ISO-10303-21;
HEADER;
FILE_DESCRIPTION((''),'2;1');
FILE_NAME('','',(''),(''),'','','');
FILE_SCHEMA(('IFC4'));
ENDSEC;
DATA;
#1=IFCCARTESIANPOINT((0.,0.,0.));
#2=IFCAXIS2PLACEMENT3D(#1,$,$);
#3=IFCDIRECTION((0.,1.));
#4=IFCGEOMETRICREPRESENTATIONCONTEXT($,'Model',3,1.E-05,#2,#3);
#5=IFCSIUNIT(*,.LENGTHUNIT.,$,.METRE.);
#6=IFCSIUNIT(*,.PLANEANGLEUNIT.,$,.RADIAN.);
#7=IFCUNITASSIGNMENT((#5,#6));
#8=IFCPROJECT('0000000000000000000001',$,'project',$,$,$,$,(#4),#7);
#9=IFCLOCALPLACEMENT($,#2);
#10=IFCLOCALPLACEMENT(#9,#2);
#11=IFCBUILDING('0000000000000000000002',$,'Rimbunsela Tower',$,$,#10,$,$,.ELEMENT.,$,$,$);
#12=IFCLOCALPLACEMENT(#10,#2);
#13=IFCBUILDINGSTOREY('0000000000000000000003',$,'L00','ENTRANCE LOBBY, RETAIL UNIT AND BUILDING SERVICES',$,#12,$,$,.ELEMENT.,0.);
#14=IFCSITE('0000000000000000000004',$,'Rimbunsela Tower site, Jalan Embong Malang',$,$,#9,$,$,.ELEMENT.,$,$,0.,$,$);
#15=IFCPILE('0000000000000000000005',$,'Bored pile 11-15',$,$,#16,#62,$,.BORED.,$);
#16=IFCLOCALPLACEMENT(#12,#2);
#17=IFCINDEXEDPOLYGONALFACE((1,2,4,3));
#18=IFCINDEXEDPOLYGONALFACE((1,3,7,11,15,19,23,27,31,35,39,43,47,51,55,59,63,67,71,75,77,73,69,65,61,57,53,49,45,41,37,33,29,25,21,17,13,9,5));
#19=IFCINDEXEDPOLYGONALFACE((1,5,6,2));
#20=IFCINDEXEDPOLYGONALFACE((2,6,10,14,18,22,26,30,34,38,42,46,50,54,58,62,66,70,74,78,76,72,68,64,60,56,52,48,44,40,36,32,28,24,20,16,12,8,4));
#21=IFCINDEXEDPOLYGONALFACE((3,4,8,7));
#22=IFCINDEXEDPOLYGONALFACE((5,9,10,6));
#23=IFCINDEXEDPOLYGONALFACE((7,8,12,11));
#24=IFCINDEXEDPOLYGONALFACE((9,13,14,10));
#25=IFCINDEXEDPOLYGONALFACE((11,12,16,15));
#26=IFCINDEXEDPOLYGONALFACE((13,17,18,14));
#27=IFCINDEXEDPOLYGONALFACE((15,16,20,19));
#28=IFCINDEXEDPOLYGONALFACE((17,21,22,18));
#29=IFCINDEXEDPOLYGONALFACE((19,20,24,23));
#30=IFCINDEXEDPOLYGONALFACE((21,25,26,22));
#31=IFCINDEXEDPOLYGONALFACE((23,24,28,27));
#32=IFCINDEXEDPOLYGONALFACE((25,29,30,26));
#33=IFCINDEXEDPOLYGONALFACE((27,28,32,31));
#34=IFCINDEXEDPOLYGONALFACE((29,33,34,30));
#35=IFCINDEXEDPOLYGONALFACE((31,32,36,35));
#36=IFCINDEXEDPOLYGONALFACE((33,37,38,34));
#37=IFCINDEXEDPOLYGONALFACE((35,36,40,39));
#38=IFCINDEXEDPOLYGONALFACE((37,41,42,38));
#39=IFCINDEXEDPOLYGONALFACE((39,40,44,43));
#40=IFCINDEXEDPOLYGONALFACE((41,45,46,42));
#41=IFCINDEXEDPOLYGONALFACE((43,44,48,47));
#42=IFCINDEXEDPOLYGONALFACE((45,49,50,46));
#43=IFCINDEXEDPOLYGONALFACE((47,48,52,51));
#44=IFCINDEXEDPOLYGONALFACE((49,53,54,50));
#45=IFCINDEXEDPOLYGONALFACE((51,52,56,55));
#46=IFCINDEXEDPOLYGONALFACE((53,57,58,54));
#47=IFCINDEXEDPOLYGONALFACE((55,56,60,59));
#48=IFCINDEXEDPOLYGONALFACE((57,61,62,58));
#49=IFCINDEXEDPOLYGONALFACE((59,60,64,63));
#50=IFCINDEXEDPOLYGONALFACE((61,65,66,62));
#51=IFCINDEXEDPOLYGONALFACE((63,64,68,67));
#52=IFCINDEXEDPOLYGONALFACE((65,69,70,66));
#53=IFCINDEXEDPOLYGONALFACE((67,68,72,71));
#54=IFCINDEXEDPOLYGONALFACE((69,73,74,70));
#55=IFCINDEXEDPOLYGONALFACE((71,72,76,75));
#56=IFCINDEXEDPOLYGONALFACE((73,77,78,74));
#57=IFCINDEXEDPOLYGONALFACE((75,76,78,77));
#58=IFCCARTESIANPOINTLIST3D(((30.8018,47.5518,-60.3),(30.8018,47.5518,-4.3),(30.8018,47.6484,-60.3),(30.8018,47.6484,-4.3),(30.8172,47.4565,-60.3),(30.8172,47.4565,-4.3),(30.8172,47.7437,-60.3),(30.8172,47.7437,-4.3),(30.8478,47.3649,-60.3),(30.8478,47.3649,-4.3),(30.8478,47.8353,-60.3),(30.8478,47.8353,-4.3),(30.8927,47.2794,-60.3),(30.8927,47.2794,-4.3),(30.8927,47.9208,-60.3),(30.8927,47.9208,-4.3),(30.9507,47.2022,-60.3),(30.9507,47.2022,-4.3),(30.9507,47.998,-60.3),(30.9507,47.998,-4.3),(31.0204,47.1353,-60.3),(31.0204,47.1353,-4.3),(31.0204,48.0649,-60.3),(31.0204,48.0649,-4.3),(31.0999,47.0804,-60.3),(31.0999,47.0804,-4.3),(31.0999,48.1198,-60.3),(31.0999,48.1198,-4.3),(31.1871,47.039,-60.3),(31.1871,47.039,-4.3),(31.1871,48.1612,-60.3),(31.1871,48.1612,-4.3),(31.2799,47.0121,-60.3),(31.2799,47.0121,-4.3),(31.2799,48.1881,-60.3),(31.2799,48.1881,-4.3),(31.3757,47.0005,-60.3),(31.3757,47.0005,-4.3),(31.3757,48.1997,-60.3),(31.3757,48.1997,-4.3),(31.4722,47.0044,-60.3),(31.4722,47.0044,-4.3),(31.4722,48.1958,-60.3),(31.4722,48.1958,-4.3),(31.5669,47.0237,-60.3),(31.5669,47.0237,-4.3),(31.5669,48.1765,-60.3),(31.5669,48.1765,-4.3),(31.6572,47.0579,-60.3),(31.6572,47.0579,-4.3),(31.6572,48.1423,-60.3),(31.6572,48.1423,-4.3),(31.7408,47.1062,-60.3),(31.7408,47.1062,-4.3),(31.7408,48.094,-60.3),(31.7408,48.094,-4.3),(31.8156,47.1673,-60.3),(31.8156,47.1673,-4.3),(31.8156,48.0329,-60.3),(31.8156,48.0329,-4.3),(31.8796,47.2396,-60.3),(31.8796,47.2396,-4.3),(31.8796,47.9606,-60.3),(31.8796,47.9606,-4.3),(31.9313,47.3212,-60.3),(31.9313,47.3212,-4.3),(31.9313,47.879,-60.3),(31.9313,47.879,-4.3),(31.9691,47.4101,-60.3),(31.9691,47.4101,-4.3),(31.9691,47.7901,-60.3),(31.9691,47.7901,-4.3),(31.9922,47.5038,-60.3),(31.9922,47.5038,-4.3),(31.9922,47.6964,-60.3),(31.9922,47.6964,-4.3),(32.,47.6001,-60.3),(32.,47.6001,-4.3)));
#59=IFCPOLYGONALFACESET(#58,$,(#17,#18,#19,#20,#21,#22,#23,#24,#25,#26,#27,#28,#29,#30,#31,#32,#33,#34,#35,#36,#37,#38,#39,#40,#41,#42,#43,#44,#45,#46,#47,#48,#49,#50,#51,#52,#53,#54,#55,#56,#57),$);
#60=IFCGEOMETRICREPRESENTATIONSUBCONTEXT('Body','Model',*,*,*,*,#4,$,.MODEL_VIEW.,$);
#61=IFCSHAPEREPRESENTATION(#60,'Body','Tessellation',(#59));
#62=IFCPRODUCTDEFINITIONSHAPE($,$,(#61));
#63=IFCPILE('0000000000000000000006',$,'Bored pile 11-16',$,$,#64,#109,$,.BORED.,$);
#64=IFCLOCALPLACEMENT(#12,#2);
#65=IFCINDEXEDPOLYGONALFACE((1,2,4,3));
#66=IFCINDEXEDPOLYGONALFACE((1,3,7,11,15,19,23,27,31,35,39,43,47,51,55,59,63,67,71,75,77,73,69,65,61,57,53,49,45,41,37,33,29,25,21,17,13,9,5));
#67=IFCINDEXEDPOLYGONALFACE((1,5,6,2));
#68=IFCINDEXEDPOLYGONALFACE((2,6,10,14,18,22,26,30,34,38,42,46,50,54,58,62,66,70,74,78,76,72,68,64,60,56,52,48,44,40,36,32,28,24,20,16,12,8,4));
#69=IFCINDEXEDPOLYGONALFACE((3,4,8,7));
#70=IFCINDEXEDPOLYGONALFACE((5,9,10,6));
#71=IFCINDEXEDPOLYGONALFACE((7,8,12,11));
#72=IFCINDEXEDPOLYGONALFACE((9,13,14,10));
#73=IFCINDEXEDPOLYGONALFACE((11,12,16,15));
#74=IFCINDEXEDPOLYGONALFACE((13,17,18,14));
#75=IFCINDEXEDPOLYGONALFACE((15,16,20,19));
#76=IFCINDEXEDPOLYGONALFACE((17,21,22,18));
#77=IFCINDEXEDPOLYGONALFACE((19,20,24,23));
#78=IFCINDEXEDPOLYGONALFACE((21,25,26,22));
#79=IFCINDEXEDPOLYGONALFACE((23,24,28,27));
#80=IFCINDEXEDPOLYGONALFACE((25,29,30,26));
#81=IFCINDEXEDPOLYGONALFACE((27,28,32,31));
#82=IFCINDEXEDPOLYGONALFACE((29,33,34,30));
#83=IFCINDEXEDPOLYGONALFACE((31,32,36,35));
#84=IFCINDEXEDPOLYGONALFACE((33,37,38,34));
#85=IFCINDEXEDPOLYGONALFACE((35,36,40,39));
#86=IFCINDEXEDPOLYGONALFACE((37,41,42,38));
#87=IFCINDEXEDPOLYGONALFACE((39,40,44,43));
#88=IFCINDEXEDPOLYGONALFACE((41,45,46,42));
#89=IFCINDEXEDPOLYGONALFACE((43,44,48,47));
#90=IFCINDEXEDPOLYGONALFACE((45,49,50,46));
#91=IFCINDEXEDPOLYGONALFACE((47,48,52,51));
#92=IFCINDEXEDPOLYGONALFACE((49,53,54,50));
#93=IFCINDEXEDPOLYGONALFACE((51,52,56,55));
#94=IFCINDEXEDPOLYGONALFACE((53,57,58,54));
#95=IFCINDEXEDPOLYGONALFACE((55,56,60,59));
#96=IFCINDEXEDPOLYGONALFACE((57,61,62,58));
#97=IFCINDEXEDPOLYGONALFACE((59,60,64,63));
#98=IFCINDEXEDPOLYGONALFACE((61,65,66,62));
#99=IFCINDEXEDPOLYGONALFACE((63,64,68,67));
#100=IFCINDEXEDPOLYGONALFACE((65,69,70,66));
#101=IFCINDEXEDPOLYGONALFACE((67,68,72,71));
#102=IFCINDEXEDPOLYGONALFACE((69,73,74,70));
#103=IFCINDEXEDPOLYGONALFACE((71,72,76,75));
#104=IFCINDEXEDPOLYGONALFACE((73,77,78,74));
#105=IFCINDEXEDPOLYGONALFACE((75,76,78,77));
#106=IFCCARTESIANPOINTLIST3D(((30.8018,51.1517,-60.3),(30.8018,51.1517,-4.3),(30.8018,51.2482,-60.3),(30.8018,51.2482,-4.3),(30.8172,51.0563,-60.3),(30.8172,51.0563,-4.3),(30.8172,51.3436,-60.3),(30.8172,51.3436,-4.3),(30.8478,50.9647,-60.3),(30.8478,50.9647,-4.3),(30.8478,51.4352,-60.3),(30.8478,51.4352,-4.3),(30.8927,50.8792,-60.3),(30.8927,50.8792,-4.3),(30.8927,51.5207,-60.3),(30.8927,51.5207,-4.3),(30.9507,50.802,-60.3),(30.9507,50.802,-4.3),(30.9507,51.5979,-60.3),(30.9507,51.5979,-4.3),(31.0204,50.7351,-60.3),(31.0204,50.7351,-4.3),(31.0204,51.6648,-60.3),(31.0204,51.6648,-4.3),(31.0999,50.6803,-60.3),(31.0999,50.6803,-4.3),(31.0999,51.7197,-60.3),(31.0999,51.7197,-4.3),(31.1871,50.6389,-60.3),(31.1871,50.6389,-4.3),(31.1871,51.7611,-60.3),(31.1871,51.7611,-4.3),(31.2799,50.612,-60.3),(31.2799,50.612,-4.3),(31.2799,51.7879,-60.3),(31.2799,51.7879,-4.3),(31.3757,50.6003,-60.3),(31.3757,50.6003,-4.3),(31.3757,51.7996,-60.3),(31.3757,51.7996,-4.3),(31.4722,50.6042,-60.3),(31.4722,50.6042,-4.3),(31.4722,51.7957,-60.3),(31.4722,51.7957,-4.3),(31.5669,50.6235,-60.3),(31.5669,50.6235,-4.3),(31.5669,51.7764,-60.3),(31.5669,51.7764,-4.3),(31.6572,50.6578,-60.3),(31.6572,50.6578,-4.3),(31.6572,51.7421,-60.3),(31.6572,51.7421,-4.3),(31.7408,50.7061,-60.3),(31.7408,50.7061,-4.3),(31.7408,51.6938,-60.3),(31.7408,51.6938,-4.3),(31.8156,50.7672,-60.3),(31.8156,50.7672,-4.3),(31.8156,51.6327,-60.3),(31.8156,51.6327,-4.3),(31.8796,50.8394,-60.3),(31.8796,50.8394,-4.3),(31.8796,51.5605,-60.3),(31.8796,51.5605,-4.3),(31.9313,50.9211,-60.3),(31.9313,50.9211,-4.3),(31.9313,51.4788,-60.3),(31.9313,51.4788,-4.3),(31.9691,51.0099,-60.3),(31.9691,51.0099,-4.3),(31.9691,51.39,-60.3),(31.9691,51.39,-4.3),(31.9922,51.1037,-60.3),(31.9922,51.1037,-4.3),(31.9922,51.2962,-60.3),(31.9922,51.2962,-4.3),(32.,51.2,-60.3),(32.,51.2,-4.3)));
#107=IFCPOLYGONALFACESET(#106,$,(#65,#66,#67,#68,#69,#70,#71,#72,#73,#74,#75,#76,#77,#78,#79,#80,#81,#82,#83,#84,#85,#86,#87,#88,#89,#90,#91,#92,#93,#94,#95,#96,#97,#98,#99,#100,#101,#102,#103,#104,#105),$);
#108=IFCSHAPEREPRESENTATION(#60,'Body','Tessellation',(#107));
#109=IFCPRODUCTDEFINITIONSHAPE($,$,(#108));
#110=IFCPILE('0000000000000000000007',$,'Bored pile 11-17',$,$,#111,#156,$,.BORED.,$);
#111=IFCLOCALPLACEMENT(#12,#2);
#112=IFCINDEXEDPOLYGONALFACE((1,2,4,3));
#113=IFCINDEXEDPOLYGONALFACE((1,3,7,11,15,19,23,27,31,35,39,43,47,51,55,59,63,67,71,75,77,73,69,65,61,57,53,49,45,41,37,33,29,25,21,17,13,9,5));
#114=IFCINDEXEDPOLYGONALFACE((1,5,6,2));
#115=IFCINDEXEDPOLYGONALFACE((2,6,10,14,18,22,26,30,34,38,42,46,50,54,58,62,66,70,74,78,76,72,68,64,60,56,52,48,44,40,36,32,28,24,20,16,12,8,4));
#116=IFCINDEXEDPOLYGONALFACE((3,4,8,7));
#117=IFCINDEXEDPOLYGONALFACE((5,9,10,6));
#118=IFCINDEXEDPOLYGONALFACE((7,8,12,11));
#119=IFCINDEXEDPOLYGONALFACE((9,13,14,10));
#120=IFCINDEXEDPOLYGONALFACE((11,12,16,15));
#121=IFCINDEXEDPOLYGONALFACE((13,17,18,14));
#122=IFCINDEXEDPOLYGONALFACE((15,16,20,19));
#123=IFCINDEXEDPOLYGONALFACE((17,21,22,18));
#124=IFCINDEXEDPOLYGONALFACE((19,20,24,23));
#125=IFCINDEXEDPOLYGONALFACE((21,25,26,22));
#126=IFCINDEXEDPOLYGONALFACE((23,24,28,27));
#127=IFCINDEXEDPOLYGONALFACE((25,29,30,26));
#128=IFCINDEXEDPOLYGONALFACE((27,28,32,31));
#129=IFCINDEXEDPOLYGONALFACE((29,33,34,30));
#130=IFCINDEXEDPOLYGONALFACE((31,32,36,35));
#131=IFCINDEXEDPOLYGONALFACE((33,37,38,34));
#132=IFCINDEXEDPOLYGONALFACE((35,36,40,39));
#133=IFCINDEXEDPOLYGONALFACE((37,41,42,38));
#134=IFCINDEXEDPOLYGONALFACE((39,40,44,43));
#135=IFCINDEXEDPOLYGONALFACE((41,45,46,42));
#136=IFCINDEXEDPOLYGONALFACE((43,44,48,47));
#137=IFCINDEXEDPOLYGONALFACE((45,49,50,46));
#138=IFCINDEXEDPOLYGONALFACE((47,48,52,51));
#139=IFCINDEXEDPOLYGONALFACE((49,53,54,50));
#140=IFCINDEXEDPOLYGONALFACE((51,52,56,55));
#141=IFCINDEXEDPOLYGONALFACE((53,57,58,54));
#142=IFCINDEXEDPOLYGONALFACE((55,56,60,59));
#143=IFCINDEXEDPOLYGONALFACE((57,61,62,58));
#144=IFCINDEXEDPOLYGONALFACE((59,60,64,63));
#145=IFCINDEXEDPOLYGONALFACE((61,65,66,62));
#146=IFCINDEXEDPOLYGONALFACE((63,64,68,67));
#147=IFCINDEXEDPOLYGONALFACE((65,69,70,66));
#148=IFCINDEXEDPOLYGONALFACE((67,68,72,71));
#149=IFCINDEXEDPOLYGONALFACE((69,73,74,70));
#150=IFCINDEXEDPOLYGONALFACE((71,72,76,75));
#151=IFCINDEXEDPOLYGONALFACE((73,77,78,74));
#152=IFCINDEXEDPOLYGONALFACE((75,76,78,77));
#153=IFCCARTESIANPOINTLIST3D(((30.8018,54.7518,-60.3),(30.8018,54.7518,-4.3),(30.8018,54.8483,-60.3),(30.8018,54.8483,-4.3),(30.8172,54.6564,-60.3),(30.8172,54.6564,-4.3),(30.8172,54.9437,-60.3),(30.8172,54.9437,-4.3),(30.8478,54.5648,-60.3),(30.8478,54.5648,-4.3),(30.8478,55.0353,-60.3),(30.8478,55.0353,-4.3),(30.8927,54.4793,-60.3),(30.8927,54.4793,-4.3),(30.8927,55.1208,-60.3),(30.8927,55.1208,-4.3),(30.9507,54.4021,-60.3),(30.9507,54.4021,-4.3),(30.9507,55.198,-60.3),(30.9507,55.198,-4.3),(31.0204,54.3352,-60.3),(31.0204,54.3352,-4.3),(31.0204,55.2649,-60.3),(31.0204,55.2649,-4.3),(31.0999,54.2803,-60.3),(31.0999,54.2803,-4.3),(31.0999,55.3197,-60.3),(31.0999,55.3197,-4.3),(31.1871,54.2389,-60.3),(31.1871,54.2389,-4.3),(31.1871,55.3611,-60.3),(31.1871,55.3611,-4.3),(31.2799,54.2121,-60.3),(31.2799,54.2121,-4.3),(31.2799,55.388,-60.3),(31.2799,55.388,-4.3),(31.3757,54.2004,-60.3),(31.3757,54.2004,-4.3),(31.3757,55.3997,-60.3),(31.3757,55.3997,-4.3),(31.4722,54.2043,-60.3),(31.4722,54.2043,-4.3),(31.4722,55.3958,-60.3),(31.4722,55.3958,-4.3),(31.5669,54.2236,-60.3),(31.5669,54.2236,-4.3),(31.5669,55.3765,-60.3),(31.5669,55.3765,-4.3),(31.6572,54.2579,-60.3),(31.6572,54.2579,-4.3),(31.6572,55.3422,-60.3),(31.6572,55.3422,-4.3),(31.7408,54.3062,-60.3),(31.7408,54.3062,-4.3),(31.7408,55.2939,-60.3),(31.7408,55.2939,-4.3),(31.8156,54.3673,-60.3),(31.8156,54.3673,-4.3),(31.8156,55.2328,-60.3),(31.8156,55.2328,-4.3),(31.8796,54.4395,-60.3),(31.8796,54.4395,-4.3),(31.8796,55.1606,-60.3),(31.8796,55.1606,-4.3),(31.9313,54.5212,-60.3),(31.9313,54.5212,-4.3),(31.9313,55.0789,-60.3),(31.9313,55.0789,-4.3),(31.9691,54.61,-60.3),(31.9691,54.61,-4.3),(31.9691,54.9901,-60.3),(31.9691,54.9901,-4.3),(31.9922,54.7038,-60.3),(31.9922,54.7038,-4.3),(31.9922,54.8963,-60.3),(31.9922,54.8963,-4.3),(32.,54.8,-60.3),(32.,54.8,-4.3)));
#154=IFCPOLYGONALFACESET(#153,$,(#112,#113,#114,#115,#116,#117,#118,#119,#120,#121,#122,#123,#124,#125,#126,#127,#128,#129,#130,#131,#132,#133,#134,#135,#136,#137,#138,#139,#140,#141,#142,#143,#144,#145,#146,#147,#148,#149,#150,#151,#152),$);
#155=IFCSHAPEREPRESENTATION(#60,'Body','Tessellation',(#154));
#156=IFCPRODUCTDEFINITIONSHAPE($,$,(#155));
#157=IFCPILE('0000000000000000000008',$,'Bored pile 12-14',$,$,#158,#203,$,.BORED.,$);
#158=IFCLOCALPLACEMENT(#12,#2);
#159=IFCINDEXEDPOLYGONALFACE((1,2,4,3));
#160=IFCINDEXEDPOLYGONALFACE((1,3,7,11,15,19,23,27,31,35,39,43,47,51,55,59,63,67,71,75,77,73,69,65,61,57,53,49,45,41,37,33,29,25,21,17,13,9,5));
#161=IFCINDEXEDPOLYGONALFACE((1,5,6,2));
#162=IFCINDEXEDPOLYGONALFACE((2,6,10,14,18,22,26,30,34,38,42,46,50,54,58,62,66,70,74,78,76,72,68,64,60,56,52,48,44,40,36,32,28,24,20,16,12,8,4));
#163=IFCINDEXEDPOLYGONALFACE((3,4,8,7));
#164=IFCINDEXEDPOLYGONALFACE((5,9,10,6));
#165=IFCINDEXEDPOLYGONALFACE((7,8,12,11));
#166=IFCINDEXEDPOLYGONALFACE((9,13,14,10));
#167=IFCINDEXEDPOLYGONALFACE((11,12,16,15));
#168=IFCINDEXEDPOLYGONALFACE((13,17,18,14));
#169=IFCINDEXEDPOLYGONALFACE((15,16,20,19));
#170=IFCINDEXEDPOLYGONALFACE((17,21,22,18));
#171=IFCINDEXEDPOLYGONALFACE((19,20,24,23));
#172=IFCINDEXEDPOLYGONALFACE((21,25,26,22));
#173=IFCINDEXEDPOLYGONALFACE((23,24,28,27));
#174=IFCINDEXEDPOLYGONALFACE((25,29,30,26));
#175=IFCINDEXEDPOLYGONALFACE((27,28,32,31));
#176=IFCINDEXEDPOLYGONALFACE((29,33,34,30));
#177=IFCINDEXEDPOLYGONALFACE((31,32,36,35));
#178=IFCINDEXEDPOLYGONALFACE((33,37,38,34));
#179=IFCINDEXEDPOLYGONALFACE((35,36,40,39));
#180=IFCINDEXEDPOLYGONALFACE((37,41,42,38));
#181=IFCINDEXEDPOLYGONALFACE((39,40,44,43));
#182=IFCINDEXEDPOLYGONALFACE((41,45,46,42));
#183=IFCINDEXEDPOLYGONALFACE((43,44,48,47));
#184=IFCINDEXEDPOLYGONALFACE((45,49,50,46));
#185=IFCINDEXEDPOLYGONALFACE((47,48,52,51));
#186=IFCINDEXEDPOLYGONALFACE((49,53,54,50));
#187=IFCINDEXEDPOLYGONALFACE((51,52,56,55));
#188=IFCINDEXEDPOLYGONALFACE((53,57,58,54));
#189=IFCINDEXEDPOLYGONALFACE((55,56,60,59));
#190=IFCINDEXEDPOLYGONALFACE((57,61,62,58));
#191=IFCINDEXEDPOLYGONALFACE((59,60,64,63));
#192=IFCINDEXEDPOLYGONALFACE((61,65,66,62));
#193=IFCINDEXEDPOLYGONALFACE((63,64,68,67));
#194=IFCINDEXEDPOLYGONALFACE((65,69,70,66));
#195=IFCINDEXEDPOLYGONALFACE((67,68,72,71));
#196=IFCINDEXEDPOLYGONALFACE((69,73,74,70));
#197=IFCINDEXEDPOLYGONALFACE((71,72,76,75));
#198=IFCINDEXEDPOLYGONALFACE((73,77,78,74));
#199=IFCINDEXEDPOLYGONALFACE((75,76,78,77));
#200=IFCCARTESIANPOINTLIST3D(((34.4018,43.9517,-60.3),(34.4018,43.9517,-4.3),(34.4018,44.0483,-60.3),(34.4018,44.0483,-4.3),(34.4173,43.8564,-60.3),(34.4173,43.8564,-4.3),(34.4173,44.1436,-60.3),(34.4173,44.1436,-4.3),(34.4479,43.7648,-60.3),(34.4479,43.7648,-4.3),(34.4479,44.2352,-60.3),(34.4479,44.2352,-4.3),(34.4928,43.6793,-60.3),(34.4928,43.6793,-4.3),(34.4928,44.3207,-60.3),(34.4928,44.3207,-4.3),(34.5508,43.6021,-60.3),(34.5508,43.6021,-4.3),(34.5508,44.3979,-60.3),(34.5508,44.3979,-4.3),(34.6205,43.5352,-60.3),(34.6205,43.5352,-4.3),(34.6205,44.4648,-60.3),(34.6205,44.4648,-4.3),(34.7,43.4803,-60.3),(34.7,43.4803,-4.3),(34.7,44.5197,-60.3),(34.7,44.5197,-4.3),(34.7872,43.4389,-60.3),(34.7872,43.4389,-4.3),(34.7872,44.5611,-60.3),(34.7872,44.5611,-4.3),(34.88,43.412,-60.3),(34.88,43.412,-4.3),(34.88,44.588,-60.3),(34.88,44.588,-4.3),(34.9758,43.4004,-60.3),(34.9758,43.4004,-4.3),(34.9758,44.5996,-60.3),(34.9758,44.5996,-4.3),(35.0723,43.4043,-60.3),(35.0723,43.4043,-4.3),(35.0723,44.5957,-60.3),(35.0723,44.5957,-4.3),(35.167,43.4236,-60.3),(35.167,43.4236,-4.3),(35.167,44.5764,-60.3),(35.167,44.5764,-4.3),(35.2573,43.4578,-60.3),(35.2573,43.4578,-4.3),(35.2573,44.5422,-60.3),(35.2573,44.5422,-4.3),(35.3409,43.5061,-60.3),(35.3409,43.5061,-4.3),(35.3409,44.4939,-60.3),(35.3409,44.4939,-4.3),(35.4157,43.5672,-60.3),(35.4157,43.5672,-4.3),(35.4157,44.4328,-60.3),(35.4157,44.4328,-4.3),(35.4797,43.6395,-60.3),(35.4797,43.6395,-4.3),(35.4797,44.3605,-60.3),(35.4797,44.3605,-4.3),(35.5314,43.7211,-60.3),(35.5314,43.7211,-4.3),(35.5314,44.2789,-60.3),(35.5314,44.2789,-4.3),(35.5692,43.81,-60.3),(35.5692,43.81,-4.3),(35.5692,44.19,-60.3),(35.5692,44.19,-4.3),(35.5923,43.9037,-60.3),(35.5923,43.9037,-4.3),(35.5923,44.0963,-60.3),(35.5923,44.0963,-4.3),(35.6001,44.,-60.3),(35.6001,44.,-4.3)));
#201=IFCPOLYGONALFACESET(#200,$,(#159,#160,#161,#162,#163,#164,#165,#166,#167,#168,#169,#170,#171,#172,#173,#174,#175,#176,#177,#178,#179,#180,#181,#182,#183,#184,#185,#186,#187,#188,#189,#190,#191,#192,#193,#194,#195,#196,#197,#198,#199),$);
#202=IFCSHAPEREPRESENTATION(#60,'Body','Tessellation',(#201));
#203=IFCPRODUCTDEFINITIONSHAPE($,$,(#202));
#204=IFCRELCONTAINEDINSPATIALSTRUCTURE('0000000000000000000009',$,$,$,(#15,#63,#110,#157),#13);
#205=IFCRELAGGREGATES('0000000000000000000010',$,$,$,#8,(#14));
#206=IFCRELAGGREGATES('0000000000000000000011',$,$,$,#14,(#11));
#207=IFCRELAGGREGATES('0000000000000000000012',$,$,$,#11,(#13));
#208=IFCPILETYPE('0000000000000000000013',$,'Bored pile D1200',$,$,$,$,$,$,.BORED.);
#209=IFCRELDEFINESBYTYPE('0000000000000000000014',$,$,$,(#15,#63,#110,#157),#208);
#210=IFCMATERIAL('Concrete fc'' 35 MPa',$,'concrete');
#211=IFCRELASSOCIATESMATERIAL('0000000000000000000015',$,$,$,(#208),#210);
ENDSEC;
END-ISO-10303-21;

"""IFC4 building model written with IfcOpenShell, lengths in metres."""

from ifc_helpers import new_model, si_unit, direction, frame, origin, origin_2d, place, context, subcontext, project, spatial, circle, extrude, material, material_profile, profile_set, type_object, element, save


model = new_model("IFC4")

# Units and contexts
model_context = context("Model", 3, precision=1e-05, world=origin(), true_north=direction((0.0, 1.0)))
body_context = subcontext(model_context, "Body", "Model", "MODEL_VIEW")
ifc_project = project(units=[si_unit("LENGTHUNIT", "METRE"), si_unit("PLANEANGLEUNIT", "RADIAN")], contexts=[model_context])

# Site, building, storey
site_placement = place(None, origin())
site = spatial("IfcSite", under=ifc_project, at=site_placement, Name="Rimbunsela Tower site, Jalan Embong Malang", CompositionType="ELEMENT", RefElevation=0.0)
building_placement = place(site_placement, origin())
building = spatial("IfcBuilding", under=site, at=building_placement, Name="Rimbunsela Tower", CompositionType="ELEMENT")
storey_placement = place(building_placement, origin())
storey = spatial("IfcBuildingStorey", under=building, at=storey_placement, Name="L00", Description="ENTRANCE LOBBY, RETAIL UNIT AND BUILDING SERVICES", CompositionType="ELEMENT", Elevation=0.0)

# Piles
ifc_material_1 = material(Name="Concrete fc' 35 MPa", Category="concrete")
ifc_material_profile_1 = material_profile(ifc_material_1, circle(Radius=0.6001, at=origin_2d()), Name="BP D1200")
ifc_profile_set_1 = profile_set([ifc_material_profile_1], Name="Concrete fc' 35 MPa")
pile_type = type_object("IfcPileType", Name="Bored pile D1200", PredefinedType="BORED", material=ifc_profile_set_1)
for number, where, z_axis, x_axis, name in (
    (1, (31.3999, 47.6001, -4.3), (0.0, 0.0, -1.0), (1.0, 0.0, 0.0), "Bored pile 11-15"),
    (2, (31.3999, 51.2, -4.3), (0.0, 0.0, -1.0), (1.0, 0.0, 0.0), "Bored pile 11-16"),
    (3, (31.3999, 54.8, -4.3), (0.0, 0.0, -1.0), (1.0, 0.0, 0.0), "Bored pile 11-17"),
    (4, (35.0, 44.0, -4.3), (0.0, 0.0, -1.0), (1.0, 0.0, 0.0), "Bored pile 12-14"),
):
    element("IfcPile", number, at=place(storey_placement, frame(where, z_axis=z_axis, x_axis=x_axis)), inside=storey, type_object=pile_type, Name=name, PredefinedType="BORED", context=body_context, shape_type="SweptSolid", body=[
        extrude(circle(Radius=0.6001, at=origin_2d()), origin(), (0.0, 0.0, 1.0), 56.0),
    ])

save(model, "model.ifc")
